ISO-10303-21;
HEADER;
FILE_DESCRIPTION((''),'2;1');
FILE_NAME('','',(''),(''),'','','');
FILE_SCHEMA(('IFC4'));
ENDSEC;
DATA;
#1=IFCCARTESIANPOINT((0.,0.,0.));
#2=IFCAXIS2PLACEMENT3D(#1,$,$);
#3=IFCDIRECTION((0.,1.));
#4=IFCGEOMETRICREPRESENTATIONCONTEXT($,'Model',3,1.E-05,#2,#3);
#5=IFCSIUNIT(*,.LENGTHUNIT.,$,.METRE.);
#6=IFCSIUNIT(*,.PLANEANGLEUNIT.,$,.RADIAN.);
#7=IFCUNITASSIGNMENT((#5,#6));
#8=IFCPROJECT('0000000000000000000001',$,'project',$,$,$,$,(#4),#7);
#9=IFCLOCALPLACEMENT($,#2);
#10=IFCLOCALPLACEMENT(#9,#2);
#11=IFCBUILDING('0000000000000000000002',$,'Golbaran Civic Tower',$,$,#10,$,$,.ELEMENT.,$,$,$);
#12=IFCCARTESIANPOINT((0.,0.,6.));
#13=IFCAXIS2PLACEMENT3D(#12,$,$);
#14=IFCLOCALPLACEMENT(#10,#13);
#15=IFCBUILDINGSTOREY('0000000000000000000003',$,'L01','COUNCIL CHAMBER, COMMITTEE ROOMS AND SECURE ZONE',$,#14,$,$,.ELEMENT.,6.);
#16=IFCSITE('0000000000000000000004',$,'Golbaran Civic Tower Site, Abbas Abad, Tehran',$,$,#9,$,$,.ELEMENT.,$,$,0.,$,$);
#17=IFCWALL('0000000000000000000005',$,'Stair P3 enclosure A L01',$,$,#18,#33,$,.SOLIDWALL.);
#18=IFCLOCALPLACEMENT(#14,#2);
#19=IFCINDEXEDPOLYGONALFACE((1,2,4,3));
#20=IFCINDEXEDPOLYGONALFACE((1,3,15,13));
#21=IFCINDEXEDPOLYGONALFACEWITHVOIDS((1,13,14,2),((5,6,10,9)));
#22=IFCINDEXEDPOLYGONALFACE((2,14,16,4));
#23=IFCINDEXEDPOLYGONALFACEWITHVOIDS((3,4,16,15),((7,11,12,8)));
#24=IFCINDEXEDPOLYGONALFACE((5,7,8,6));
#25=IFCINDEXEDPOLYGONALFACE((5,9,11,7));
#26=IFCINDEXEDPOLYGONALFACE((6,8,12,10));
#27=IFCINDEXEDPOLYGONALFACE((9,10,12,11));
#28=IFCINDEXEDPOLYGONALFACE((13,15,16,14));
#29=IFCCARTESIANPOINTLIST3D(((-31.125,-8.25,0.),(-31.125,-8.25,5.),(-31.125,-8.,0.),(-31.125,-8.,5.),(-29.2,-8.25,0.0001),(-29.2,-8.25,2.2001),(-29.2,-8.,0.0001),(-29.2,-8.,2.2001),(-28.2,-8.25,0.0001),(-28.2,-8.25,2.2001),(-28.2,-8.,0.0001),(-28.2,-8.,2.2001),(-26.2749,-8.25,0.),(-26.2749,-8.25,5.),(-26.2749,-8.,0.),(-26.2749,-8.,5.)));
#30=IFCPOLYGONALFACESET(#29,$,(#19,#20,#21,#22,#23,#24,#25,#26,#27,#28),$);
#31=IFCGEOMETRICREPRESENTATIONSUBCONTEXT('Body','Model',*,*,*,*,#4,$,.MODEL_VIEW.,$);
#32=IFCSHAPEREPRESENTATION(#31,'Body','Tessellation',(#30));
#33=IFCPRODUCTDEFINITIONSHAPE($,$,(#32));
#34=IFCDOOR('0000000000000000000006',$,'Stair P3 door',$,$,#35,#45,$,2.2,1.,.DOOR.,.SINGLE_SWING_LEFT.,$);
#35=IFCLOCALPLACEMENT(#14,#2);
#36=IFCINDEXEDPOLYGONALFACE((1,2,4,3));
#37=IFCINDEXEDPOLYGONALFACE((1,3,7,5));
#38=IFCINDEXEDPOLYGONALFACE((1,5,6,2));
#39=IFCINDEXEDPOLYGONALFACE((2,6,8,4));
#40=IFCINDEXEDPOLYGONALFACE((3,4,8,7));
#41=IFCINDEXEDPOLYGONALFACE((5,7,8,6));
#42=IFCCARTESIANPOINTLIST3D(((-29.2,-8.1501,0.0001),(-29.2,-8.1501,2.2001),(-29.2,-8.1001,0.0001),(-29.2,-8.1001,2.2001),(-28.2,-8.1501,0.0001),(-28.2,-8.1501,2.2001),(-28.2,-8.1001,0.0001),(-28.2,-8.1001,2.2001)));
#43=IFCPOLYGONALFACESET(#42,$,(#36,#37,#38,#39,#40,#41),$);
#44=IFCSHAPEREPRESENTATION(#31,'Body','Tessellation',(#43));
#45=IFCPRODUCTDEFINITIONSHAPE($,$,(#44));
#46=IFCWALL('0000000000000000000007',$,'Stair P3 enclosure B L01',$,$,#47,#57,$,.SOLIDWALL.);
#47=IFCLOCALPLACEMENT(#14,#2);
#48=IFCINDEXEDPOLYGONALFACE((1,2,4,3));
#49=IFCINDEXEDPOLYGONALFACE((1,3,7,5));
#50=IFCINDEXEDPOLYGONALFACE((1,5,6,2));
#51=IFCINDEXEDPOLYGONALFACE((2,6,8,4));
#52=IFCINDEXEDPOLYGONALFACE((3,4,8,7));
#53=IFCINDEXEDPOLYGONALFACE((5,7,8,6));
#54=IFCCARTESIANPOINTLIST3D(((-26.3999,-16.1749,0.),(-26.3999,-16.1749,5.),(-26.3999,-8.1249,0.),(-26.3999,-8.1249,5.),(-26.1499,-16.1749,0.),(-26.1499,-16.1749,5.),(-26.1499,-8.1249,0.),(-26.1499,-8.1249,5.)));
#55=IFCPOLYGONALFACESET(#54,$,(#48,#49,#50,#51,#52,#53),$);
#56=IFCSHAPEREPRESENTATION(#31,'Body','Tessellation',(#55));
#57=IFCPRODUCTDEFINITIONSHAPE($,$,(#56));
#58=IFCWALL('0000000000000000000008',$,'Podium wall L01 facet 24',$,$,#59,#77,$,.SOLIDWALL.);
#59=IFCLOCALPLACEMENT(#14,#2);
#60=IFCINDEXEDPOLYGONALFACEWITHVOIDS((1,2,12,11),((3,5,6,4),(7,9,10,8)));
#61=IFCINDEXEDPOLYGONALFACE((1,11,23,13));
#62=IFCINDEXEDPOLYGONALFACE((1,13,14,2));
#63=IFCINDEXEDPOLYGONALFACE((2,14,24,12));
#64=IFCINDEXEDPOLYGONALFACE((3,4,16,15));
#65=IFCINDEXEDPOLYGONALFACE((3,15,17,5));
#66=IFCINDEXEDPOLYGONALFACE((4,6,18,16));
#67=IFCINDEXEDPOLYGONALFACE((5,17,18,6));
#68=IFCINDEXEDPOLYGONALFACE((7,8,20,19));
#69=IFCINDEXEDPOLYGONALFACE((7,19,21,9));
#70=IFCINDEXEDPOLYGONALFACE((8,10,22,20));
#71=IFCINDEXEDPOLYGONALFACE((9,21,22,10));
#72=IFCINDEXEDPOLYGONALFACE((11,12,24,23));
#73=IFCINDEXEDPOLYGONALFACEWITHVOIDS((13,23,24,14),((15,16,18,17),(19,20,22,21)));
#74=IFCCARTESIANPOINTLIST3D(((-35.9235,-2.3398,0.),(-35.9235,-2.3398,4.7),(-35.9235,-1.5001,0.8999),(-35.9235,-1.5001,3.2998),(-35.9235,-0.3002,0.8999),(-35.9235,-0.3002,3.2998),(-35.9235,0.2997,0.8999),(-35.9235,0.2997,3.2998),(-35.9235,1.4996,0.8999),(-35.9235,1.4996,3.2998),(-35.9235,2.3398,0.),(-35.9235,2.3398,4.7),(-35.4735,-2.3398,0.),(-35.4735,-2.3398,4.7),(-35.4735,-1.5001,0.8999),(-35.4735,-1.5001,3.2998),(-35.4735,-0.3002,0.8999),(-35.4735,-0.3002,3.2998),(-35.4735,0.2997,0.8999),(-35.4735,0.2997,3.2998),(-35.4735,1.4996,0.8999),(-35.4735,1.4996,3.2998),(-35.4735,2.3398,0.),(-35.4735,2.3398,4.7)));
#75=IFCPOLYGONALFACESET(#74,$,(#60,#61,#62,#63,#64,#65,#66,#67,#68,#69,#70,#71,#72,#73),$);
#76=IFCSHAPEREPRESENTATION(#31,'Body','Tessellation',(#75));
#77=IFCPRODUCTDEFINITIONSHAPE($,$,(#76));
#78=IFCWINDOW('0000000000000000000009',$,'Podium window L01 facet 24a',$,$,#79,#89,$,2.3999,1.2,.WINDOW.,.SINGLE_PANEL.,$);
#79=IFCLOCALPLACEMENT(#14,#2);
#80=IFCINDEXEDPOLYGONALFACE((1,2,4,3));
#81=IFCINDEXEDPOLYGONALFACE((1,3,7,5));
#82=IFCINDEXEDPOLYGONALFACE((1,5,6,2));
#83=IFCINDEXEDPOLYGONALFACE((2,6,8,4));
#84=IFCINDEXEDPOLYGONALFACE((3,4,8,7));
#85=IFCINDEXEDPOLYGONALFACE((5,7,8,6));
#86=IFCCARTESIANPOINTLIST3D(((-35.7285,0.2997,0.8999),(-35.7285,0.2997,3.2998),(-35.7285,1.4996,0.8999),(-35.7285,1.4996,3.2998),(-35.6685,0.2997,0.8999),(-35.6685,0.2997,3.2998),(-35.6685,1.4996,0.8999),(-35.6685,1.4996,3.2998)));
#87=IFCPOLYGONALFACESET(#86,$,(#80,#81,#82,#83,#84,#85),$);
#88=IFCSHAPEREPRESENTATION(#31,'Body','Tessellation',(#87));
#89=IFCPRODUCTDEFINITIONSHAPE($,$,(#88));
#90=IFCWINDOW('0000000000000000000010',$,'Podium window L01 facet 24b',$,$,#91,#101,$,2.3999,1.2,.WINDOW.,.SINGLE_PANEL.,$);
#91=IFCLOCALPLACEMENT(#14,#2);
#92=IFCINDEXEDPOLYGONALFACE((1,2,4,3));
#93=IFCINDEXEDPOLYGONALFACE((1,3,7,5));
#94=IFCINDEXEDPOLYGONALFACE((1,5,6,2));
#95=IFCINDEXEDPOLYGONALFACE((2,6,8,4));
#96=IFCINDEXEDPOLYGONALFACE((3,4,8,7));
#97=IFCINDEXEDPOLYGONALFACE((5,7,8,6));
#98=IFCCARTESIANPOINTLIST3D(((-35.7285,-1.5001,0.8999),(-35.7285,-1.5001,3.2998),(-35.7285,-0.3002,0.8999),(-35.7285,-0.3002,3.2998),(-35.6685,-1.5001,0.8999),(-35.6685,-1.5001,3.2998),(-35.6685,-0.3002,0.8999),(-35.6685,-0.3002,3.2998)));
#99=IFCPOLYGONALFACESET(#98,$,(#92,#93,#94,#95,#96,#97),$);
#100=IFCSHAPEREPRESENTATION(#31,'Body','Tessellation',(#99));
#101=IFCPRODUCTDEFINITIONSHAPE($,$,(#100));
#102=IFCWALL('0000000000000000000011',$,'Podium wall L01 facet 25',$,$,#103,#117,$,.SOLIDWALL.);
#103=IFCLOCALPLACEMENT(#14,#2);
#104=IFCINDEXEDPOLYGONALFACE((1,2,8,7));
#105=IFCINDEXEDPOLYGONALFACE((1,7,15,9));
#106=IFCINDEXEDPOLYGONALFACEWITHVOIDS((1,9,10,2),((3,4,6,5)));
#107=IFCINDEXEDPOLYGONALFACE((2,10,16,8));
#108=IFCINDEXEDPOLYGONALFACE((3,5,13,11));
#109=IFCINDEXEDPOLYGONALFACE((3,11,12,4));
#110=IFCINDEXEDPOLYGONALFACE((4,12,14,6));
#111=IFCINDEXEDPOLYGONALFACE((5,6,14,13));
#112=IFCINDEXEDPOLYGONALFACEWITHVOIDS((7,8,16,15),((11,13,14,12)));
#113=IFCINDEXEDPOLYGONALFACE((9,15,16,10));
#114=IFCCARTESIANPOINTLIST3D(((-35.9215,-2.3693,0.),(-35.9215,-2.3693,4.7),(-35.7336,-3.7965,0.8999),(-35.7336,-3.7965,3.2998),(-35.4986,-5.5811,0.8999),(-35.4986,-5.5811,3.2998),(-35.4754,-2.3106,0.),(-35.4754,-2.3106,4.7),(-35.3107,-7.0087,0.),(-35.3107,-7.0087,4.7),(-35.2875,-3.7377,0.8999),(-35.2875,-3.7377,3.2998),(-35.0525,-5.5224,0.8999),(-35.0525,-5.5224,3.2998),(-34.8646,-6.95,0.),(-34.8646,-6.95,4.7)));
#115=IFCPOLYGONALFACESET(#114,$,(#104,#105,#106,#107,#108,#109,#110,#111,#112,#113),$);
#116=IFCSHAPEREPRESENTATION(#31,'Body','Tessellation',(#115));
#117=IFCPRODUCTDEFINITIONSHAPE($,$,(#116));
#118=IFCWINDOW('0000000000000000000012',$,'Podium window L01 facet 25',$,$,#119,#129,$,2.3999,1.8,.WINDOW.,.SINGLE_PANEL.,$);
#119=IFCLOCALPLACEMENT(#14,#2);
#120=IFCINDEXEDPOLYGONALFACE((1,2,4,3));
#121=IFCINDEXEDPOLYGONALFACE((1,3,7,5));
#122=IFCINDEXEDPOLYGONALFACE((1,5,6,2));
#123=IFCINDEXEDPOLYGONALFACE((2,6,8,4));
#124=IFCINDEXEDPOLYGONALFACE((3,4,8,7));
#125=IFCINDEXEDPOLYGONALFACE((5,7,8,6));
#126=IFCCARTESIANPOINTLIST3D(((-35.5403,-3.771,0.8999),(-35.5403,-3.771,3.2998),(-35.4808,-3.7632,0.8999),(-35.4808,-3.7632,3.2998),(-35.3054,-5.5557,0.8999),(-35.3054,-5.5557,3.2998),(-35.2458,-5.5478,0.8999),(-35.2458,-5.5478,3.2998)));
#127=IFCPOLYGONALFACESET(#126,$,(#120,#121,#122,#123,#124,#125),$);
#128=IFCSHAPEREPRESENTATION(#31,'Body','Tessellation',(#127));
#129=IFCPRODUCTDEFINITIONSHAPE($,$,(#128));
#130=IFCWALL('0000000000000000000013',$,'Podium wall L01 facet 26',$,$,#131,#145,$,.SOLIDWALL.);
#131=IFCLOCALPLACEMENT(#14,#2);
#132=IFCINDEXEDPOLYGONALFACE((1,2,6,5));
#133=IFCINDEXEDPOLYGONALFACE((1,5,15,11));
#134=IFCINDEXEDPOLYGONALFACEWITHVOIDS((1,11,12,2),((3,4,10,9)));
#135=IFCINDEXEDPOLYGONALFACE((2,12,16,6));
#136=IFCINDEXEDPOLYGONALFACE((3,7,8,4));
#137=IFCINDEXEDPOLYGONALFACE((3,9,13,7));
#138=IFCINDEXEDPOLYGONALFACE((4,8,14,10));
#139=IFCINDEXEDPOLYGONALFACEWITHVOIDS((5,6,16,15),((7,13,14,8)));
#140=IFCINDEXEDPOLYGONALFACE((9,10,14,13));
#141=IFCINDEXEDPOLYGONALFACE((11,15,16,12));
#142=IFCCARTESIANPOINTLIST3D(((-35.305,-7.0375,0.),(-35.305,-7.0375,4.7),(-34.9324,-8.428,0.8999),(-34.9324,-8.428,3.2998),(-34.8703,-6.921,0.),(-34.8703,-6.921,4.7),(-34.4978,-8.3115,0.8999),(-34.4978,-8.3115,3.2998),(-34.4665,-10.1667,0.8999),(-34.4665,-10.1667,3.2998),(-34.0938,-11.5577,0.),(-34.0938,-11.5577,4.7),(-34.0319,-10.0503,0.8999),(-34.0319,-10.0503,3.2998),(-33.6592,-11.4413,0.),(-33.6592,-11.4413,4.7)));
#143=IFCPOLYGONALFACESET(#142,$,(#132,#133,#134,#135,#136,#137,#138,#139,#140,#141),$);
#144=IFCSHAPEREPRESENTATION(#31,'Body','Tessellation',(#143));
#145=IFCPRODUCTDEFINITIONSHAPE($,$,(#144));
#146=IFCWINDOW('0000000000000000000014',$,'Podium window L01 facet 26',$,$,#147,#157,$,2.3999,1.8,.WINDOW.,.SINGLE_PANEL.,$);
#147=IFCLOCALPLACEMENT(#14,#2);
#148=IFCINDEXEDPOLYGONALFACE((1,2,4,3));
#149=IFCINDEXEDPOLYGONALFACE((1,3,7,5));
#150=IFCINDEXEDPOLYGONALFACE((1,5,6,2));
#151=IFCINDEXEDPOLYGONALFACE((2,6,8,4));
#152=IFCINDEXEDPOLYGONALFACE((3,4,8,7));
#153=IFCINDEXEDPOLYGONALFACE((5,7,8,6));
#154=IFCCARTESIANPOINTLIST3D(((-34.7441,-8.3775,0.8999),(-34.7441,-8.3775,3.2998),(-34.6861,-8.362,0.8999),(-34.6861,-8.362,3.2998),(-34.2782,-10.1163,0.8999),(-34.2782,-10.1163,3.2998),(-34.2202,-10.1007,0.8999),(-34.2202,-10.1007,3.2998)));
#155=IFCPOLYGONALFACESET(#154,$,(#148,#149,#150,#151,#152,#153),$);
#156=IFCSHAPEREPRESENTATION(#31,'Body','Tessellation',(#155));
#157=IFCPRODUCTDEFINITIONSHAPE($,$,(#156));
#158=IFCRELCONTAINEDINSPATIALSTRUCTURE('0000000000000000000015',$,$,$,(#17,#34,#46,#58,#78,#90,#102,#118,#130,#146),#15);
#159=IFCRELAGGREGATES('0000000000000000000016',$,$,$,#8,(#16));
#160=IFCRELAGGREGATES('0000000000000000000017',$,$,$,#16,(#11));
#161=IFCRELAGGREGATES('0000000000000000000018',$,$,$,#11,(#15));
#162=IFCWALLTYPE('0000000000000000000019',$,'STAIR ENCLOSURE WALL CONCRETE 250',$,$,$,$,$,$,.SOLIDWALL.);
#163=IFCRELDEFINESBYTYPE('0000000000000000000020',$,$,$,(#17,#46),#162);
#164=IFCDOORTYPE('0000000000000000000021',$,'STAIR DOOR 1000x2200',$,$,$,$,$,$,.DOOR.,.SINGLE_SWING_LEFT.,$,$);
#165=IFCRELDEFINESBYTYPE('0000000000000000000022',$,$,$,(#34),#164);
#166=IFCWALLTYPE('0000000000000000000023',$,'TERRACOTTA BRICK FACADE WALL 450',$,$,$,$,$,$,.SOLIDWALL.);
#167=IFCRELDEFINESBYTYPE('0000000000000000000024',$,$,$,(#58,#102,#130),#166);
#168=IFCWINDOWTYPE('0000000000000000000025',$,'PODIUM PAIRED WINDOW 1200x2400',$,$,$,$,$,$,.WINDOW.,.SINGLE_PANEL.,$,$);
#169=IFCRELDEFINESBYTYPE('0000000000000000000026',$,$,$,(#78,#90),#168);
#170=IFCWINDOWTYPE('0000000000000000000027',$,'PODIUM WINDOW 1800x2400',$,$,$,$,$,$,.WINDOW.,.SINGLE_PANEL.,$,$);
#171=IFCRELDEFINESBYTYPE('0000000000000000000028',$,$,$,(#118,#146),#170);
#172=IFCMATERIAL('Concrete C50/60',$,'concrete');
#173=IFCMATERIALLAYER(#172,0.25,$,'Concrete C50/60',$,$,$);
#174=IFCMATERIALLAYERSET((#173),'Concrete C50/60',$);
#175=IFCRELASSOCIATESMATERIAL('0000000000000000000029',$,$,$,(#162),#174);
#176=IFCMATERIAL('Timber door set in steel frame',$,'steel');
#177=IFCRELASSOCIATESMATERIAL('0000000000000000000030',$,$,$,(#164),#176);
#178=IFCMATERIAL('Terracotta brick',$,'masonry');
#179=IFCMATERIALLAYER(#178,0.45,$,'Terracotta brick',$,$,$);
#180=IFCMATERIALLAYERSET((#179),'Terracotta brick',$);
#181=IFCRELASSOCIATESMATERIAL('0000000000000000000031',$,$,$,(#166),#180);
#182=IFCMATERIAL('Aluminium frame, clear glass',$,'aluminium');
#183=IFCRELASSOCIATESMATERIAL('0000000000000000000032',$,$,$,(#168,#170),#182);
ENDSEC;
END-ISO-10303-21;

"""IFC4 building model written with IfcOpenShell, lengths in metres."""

from ifc_helpers import new_model, si_unit, direction, frame, frame_2d, origin, place, context, subcontext, project, spatial, rectangle, extrude, material, layer, layer_set, type_object, element, fill, save


model = new_model("IFC4")

# Units and contexts
model_context = context("Model", 3, precision=1e-05, world=origin(), true_north=direction((0.0, 1.0)))
body_context = subcontext(model_context, "Body", "Model", "MODEL_VIEW")
ifc_project = project(units=[si_unit("LENGTHUNIT", "METRE"), si_unit("PLANEANGLEUNIT", "RADIAN")], contexts=[model_context])

# Site, building, storey
site_placement = place(None, origin())
site = spatial("IfcSite", under=ifc_project, at=site_placement, Name="Golbaran Civic Tower Site, Abbas Abad, Tehran", CompositionType="ELEMENT", RefElevation=0.0)
building_placement = place(site_placement, origin())
building = spatial("IfcBuilding", under=site, at=building_placement, Name="Golbaran Civic Tower", CompositionType="ELEMENT")
storey_placement = place(building_placement, frame((0.0, 0.0, 6.0)))
storey = spatial("IfcBuildingStorey", under=building, at=storey_placement, Name="L01", Description="COUNCIL CHAMBER, COMMITTEE ROOMS AND SECURE ZONE", CompositionType="ELEMENT", Elevation=6.0)

# Shared definitions
ifc_material_1 = material(Name="Concrete C50/60", Category="concrete")

# Shared definitions
ifc_material_2 = material(Name="Timber door set in steel frame", Category="steel")

# Wall, opening, door
ifc_layer_1 = layer(ifc_material_1, 0.25, Name="Concrete C50/60")
ifc_layer_set_1 = layer_set([ifc_layer_1], Name="Concrete C50/60")
wall_type_1 = type_object("IfcWallType", Name="STAIR ENCLOSURE WALL CONCRETE 250", PredefinedType="SOLIDWALL", material=ifc_layer_set_1)
wall_1_placement = place(storey_placement, frame((-31.125, -8.125, 0.0), z_axis=(0.0, 0.0, 1.0), x_axis=(1.0, 0.0, 0.0)))
wall_1 = element("IfcWall", 1, at=wall_1_placement, inside=storey, type_object=wall_type_1, Name="Stair P3 enclosure A L01", PredefinedType="SOLIDWALL", context=body_context, shape_type="SweptSolid", body=[
    extrude(rectangle(XDim=4.8501, YDim=0.25, at=frame_2d((2.425, 0.0))), origin(), (0.0, 0.0, 1.0), 5.0),
])
opening_1_placement = place(wall_1_placement, frame((1.925, 0.0, 0.0)))
opening_1 = element("IfcOpeningElement", 2, at=opening_1_placement, cuts=wall_1, PredefinedType="OPENING", context=body_context, shape_type="SweptSolid", body=[
    extrude(rectangle(XDim=1.0, YDim=2.2, at=frame_2d((0.5, 1.1001))), frame((0.0, 0.135, 0.0), z_axis=(0.0, -1.0, 0.0), x_axis=(1.0, 0.0, 0.0)), (0.0, 0.0, 1.0), 0.27),
])
door_type_1 = type_object("IfcDoorType", Name="STAIR DOOR 1000x2200", OperationType="SINGLE_SWING_LEFT", PredefinedType="DOOR", material=ifc_material_2)
door_1_placement = place(opening_1_placement, origin())
door_1 = element("IfcDoor", 3, at=door_1_placement, inside=storey, type_object=door_type_1, Name="Stair P3 door", OperationType="SINGLE_SWING_LEFT", OverallHeight=2.2, OverallWidth=1.0, PredefinedType="DOOR", context=body_context, shape_type="SweptSolid", body=[
    extrude(rectangle(XDim=1.0, YDim=2.2, at=frame_2d((0.5, 1.1001))), frame((0.0, 0.0249, 0.0), z_axis=(0.0, -1.0, 0.0), x_axis=(1.0, 0.0, 0.0)), (0.0, 0.0, 1.0), 0.05),
])
fill(opening_1, door_1)

# Wall
wall_2_placement = place(storey_placement, frame((-26.2749, -8.125, 0.0), z_axis=(0.0, 0.0, 1.0), x_axis=(0.0, -1.0, 0.0)))
element("IfcWall", 4, at=wall_2_placement, inside=storey, type_object=wall_type_1, Name="Stair P3 enclosure B L01", PredefinedType="SOLIDWALL", context=body_context, shape_type="SweptSolid", body=[
    extrude(rectangle(XDim=8.05, YDim=0.25, at=frame_2d((4.0249, 0.0))), origin(), (0.0, 0.0, 1.0), 5.0),
])

# Wall, openings, windows
ifc_material_3 = material(Name="Terracotta brick", Category="masonry")
ifc_layer_2 = layer(ifc_material_3, 0.45, Name="Terracotta brick")
ifc_layer_set_2 = layer_set([ifc_layer_2], Name="Terracotta brick")
wall_type_2 = type_object("IfcWallType", Name="TERRACOTTA BRICK FACADE WALL 450", PredefinedType="SOLIDWALL", material=ifc_layer_set_2)
wall_3_placement = place(storey_placement, frame((-35.6985, 2.3398, 0.0), z_axis=(0.0, 0.0, 1.0), x_axis=(0.0, -1.0, 0.0)))
wall_3 = element("IfcWall", 5, at=wall_3_placement, inside=storey, type_object=wall_type_2, Name="Podium wall L01 facet 24", PredefinedType="SOLIDWALL", context=body_context, shape_type="SweptSolid", body=[
    extrude(rectangle(XDim=4.6797, YDim=0.45, at=frame_2d((2.3398, 0.0))), origin(), (0.0, 0.0, 1.0), 4.7),
])
opening_2_placement = place(wall_3_placement, frame((0.8401, 0.0, 0.8999)))
opening_2 = element("IfcOpeningElement", 6, at=opening_2_placement, cuts=wall_3, PredefinedType="OPENING", context=body_context, shape_type="SweptSolid", body=[
    extrude(rectangle(XDim=1.2, YDim=2.3999, at=frame_2d((0.6001, 1.2))), frame((0.0, 0.2349, 0.0), z_axis=(0.0, -1.0, 0.0), x_axis=(1.0, 0.0, 0.0)), (0.0, 0.0, 1.0), 0.47),
])
opening_3_placement = place(wall_3_placement, frame((2.6399, 0.0, 0.8999)))
opening_3 = element("IfcOpeningElement", 7, at=opening_3_placement, cuts=wall_3, PredefinedType="OPENING", context=body_context, shape_type="SweptSolid", body=[
    extrude(rectangle(XDim=1.2, YDim=2.3999, at=frame_2d((0.6001, 1.2))), frame((0.0, 0.2349, 0.0), z_axis=(0.0, -1.0, 0.0), x_axis=(1.0, 0.0, 0.0)), (0.0, 0.0, 1.0), 0.47),
])
ifc_material_4 = material(Name="Aluminium frame, clear glass", Category="aluminium")
window_type_1 = type_object("IfcWindowType", Name="PODIUM PAIRED WINDOW 1200x2400", PartitioningType="SINGLE_PANEL", PredefinedType="WINDOW", material=ifc_material_4)
window_1_placement = place(opening_2_placement, origin())
window_1 = element("IfcWindow", 8, at=window_1_placement, inside=storey, type_object=window_type_1, Name="Podium window L01 facet 24a", OverallHeight=2.3999, OverallWidth=1.2, PartitioningType="SINGLE_PANEL", PredefinedType="WINDOW", context=body_context, shape_type="SweptSolid", body=[
    extrude(rectangle(XDim=1.2, YDim=2.3999, at=frame_2d((0.6001, 1.2))), frame((0.0, 0.03, 0.0), z_axis=(0.0, -1.0, 0.0), x_axis=(1.0, 0.0, 0.0)), (0.0, 0.0, 1.0), 0.0601),
])
fill(opening_2, window_1)
window_2_placement = place(opening_3_placement, origin())
window_2 = element("IfcWindow", 9, at=window_2_placement, inside=storey, type_object=window_type_1, Name="Podium window L01 facet 24b", OverallHeight=2.3999, OverallWidth=1.2, PartitioningType="SINGLE_PANEL", PredefinedType="WINDOW", context=body_context, shape_type="SweptSolid", body=[
    extrude(rectangle(XDim=1.2, YDim=2.3999, at=frame_2d((0.6001, 1.2))), frame((0.0, 0.03, 0.0), z_axis=(0.0, -1.0, 0.0), x_axis=(1.0, 0.0, 0.0)), (0.0, 0.0, 1.0), 0.0601),
])
fill(opening_3, window_2)

# Walls, openings, windows
wall_4_placement = place(storey_placement, frame((-35.6985, -2.3398, 0.0), z_axis=(0.0, 0.0, 1.0), x_axis=(0.130537, -0.991443, 0.0)))
wall_4 = element("IfcWall", 10, at=wall_4_placement, inside=storey, type_object=wall_type_2, Name="Podium wall L01 facet 25", PredefinedType="SOLIDWALL", context=body_context, shape_type="SweptSolid", body=[
    extrude(rectangle(XDim=4.6794, YDim=0.45, at=frame_2d((2.3398, 0.0))), origin(), (0.0, 0.0, 1.0), 4.7),
])
opening_4_placement = place(wall_4_placement, frame((1.4397, 0.0, 0.8999)))
opening_4 = element("IfcOpeningElement", 11, at=opening_4_placement, cuts=wall_4, PredefinedType="OPENING", context=body_context, shape_type="SweptSolid", body=[
    extrude(rectangle(XDim=1.8, YDim=2.3999, at=frame_2d((0.8999, 1.2))), frame((0.0, 0.2349, 0.0), z_axis=(0.0, -1.0, 0.0), x_axis=(1.0, 0.0, 0.0)), (0.0, 0.0, 1.0), 0.47),
])
window_type_2 = type_object("IfcWindowType", Name="PODIUM WINDOW 1800x2400", PartitioningType="SINGLE_PANEL", PredefinedType="WINDOW", material=ifc_material_4)
window_3_placement = place(opening_4_placement, origin())
window_3 = element("IfcWindow", 12, at=window_3_placement, inside=storey, type_object=window_type_2, Name="Podium window L01 facet 25", OverallHeight=2.3999, OverallWidth=1.8, PartitioningType="SINGLE_PANEL", PredefinedType="WINDOW", context=body_context, shape_type="SweptSolid", body=[
    extrude(rectangle(XDim=1.8, YDim=2.3999, at=frame_2d((0.8999, 1.2))), frame((0.0, 0.03, 0.0), z_axis=(0.0, -1.0, 0.0), x_axis=(1.0, 0.0, 0.0)), (0.0, 0.0, 1.0), 0.0601),
])
fill(opening_4, window_3)
wall_5_placement = place(storey_placement, frame((-35.0876, -6.9792, 0.0), z_axis=(0.0, 0.0, 1.0), x_axis=(0.258815, -0.965927, 0.0)))
wall_5 = element("IfcWall", 13, at=wall_5_placement, inside=storey, type_object=wall_type_2, Name="Podium wall L01 facet 26", PredefinedType="SOLIDWALL", context=body_context, shape_type="SweptSolid", body=[
    extrude(rectangle(XDim=4.6797, YDim=0.45, at=frame_2d((2.3398, 0.0))), origin(), (0.0, 0.0, 1.0), 4.7),
])
opening_5_placement = place(wall_5_placement, frame((1.4397, 0.0, 0.8999)))
opening_5 = element("IfcOpeningElement", 14, at=opening_5_placement, cuts=wall_5, PredefinedType="OPENING", context=body_context, shape_type="SweptSolid", body=[
    extrude(rectangle(XDim=1.8, YDim=2.3999, at=frame_2d((0.8999, 1.2))), frame((0.0, 0.2349, 0.0), z_axis=(0.0, -1.0, 0.0), x_axis=(1.0, 0.0, 0.0)), (0.0, 0.0, 1.0), 0.47),
])
window_4_placement = place(opening_5_placement, origin())
window_4 = element("IfcWindow", 15, at=window_4_placement, inside=storey, type_object=window_type_2, Name="Podium window L01 facet 26", OverallHeight=2.3999, OverallWidth=1.8, PartitioningType="SINGLE_PANEL", PredefinedType="WINDOW", context=body_context, shape_type="SweptSolid", body=[
    extrude(rectangle(XDim=1.8, YDim=2.3999, at=frame_2d((0.8999, 1.2))), frame((0.0, 0.03, 0.0), z_axis=(0.0, -1.0, 0.0), x_axis=(1.0, 0.0, 0.0)), (0.0, 0.0, 1.0), 0.0601),
])
fill(opening_5, window_4)

save(model, "model.ifc")
